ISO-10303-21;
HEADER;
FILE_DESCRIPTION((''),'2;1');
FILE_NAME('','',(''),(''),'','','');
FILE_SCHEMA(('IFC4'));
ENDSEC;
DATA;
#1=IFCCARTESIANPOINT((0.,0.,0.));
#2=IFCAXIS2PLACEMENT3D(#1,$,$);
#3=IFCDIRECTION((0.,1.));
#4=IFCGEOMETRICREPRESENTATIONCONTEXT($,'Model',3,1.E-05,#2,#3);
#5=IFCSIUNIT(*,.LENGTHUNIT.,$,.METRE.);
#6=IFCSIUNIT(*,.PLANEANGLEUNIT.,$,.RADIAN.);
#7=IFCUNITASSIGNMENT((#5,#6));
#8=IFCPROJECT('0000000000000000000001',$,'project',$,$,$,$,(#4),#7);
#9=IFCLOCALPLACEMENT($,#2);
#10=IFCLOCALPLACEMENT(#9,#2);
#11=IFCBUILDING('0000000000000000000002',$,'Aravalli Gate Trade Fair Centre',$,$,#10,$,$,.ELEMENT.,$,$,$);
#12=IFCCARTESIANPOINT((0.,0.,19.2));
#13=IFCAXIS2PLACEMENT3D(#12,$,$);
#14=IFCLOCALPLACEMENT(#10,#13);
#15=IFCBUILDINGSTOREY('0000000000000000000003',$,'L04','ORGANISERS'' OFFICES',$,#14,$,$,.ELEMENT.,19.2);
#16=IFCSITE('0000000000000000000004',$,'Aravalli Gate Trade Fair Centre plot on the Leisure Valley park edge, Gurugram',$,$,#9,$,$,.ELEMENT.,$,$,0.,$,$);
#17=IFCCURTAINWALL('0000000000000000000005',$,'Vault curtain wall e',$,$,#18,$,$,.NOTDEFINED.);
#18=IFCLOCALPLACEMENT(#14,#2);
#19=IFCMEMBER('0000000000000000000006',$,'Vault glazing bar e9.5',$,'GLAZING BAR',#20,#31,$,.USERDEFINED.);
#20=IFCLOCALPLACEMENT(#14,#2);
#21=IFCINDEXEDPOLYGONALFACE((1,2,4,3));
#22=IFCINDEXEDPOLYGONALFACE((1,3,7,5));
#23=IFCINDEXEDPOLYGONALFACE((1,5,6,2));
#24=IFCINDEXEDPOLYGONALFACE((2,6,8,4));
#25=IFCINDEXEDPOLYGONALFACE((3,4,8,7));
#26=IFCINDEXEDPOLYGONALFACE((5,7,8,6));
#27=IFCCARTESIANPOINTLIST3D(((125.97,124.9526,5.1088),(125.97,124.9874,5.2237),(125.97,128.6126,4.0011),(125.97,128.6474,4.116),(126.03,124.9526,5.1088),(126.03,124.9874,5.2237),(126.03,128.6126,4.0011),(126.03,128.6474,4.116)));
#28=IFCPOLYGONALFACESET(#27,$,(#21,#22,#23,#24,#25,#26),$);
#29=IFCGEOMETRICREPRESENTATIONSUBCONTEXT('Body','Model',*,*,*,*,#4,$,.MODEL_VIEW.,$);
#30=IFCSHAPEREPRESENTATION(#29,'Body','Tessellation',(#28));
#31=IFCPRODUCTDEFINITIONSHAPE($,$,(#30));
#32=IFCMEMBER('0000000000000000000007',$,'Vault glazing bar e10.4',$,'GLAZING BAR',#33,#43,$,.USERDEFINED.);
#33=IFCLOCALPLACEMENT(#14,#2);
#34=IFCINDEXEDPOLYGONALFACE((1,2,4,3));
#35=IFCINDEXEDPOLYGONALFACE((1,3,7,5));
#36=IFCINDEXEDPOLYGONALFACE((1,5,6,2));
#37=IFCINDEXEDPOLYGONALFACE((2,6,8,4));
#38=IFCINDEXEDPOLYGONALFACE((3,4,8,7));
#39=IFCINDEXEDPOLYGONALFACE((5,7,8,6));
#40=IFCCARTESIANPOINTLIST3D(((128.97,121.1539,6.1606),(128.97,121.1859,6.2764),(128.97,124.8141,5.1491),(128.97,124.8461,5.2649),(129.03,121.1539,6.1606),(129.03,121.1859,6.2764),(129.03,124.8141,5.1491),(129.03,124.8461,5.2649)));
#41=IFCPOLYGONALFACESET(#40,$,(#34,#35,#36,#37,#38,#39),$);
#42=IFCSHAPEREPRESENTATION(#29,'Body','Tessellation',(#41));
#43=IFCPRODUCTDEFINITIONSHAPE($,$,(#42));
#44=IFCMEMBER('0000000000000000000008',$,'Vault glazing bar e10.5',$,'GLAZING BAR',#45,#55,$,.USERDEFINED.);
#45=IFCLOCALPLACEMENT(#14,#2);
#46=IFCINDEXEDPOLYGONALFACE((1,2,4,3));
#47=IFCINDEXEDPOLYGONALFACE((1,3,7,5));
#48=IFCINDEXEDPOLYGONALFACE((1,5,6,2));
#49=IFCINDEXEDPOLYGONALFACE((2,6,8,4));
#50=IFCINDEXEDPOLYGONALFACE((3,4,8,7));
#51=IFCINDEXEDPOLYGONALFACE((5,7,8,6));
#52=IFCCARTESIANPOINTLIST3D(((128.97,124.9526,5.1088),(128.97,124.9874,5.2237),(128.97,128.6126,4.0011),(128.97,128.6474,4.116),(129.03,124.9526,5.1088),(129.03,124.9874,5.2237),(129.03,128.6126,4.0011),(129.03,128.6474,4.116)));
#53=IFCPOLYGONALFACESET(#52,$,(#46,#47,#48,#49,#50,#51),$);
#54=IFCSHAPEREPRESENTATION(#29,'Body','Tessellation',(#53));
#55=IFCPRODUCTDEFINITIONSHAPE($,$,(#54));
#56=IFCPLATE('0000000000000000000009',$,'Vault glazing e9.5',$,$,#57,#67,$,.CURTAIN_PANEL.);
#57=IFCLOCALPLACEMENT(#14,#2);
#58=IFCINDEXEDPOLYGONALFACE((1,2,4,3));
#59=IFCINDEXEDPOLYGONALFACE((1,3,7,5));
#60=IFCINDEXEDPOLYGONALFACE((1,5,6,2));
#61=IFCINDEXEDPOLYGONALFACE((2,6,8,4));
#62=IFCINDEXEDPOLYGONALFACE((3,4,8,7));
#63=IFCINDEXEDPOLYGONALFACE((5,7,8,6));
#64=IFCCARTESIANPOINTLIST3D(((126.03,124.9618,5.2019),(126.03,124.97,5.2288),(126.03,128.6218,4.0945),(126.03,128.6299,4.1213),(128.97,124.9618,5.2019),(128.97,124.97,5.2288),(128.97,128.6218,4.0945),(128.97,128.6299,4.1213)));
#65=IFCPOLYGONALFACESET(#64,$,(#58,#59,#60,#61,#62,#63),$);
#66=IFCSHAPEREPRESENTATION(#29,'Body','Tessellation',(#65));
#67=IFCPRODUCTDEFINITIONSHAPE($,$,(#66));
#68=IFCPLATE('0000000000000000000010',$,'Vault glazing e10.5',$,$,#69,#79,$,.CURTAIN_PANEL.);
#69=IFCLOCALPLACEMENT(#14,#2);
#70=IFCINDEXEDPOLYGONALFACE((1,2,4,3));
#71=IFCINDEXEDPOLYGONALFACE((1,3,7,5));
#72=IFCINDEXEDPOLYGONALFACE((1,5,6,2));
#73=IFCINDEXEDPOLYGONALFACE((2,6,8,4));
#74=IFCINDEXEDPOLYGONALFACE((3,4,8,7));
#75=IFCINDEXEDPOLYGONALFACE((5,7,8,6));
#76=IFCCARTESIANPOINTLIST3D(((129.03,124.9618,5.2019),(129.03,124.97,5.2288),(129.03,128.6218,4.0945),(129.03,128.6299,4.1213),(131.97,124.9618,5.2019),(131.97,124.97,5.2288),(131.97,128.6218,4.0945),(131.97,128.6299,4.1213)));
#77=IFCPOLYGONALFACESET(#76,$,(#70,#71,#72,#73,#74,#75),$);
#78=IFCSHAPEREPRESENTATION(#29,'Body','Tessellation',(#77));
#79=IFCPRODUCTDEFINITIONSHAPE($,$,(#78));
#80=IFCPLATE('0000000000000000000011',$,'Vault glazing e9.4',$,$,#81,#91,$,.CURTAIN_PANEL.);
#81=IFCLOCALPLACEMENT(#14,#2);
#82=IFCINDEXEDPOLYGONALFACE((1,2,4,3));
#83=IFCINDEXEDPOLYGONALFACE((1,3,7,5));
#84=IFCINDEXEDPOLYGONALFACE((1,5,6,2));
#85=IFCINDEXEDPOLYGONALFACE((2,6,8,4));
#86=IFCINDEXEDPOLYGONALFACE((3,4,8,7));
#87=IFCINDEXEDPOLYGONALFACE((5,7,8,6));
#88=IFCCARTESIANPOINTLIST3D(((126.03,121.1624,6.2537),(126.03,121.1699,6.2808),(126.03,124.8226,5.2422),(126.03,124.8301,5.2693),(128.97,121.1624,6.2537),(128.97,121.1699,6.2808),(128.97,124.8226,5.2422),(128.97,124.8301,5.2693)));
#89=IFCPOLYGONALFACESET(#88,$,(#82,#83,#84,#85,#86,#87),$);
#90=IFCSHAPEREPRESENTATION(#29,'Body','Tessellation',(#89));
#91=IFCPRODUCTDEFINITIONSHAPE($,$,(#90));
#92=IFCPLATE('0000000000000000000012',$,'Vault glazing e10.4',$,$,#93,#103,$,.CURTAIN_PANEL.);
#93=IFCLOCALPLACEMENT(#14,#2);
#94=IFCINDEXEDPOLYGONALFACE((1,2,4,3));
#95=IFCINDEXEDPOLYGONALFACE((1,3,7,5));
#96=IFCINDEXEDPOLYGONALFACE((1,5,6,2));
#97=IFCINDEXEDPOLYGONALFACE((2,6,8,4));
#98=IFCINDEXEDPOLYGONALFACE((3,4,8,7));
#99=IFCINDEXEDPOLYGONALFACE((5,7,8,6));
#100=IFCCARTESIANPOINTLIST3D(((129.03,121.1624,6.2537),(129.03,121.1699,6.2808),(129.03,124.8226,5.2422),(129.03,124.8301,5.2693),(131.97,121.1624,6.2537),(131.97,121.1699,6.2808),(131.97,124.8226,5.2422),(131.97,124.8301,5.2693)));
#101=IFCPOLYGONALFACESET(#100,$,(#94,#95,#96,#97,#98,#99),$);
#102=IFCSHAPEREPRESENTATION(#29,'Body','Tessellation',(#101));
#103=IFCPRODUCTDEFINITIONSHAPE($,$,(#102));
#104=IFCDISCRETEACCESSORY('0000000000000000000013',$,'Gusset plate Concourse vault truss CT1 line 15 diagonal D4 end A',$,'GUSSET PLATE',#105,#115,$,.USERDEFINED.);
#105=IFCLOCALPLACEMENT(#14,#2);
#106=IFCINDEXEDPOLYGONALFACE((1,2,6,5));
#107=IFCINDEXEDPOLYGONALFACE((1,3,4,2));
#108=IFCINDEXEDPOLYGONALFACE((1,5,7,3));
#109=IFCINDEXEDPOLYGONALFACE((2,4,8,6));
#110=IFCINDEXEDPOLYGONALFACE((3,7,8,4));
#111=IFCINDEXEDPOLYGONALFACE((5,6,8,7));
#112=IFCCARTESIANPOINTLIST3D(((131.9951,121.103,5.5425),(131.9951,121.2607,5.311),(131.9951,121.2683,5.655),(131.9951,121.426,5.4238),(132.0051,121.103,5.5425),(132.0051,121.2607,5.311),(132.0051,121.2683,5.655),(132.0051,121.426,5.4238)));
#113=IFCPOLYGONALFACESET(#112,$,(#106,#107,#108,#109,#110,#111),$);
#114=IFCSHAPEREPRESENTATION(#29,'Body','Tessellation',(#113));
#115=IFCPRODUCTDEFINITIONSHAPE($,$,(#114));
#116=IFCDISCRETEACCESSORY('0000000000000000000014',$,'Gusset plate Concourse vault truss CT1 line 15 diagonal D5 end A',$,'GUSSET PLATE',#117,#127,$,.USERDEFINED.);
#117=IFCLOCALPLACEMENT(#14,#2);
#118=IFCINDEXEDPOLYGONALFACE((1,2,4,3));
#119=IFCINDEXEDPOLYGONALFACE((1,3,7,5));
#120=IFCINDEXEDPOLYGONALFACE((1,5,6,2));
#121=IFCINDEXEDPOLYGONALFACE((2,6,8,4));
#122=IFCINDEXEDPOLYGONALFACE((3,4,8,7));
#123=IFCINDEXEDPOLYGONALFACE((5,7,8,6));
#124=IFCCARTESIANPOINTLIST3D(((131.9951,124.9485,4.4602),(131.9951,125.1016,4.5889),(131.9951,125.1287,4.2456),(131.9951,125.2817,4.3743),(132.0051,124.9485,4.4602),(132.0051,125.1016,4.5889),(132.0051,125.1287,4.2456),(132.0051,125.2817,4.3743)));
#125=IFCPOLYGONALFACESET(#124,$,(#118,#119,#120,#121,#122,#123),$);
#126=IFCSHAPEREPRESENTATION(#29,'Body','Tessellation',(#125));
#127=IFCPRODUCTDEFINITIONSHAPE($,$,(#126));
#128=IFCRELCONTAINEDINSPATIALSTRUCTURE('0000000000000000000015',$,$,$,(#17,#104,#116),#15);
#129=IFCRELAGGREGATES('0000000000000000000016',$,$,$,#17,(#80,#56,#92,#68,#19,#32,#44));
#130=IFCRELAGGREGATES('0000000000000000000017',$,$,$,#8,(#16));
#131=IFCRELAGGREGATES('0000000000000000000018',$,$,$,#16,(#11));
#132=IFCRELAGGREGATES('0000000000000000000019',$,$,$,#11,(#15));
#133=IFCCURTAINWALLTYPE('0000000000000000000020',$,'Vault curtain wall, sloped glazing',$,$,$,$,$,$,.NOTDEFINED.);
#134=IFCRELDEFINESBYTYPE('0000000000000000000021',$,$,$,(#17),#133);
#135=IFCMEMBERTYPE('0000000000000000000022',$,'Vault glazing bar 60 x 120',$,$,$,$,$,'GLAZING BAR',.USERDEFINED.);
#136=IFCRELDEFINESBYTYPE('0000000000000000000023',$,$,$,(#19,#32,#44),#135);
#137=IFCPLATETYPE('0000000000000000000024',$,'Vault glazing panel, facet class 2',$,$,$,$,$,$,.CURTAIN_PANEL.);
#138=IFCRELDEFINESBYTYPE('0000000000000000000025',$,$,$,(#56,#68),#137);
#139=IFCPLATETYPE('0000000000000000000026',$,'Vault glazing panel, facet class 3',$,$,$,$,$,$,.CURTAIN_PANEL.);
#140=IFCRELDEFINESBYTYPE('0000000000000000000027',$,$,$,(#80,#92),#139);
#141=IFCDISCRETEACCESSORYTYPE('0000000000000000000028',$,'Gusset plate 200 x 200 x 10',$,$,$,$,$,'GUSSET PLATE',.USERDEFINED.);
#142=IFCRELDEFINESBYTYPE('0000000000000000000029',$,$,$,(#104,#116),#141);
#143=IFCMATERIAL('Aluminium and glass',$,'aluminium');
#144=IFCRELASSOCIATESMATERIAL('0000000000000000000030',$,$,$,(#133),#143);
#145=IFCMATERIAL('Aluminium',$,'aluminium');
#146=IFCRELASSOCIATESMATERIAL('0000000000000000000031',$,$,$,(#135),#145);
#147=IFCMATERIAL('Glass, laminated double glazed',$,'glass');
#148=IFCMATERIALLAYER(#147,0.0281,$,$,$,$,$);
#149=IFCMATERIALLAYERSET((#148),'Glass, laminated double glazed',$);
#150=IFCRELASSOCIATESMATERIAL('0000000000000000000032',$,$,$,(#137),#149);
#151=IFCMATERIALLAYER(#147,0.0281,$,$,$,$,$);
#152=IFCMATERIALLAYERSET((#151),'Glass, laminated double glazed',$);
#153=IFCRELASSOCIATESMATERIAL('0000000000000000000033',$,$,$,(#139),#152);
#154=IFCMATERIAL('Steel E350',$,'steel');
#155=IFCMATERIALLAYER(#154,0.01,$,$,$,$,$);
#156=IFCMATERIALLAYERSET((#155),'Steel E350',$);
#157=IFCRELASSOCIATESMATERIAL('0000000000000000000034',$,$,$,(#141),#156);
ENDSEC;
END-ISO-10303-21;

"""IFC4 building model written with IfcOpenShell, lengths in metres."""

from ifc_helpers import new_model, si_unit, direction, frame, origin, origin_2d, place, context, subcontext, project, spatial, polyline, rectangle, outline, extrude, material, layer, layer_set, material_profile, profile_set, type_object, element, aggregate, save


model = new_model("IFC4")

# Units and contexts
model_context = context("Model", 3, precision=1e-05, world=origin(), true_north=direction((0.0, 1.0)))
body_context = subcontext(model_context, "Body", "Model", "MODEL_VIEW")
ifc_project = project(units=[si_unit("LENGTHUNIT", "METRE"), si_unit("PLANEANGLEUNIT", "RADIAN")], contexts=[model_context])

# Site, building, storey
site_placement = place(None, origin())
site = spatial("IfcSite", under=ifc_project, at=site_placement, Name="Aravalli Gate Trade Fair Centre plot on the Leisure Valley park edge, Gurugram", CompositionType="ELEMENT", RefElevation=0.0)
building_placement = place(site_placement, origin())
building = spatial("IfcBuilding", under=site, at=building_placement, Name="Aravalli Gate Trade Fair Centre", CompositionType="ELEMENT")
storey_placement = place(building_placement, frame((0.0, 0.0, 19.2)))
storey = spatial("IfcBuildingStorey", under=building, at=storey_placement, Name="L04", Description="ORGANISERS' OFFICES", CompositionType="ELEMENT", Elevation=19.2)

# Shared definitions
ifc_material_1 = material(Name="Steel E350", Category="steel")
ifc_material_2 = material(Name="Aluminium", Category="aluminium")

# Curtain wall, members, plates
ifc_material_3 = material(Name="Aluminium and glass", Category="aluminium")
curtain_wall_type = type_object("IfcCurtainWallType", Name="Vault curtain wall, sloped glazing", PredefinedType="NOTDEFINED", material=ifc_material_3)
curtain_wall_placement = place(storey_placement, origin())
curtain_wall = element("IfcCurtainWall", 1, at=curtain_wall_placement, inside=storey, type_object=curtain_wall_type, Name="Vault curtain wall e", PredefinedType="NOTDEFINED")
ifc_material_profile_1 = material_profile(ifc_material_2, rectangle(XDim=0.0601, YDim=0.1201, at=origin_2d()), Name="Vault glazing bar 60 x 120")
ifc_profile_set_1 = profile_set([ifc_material_profile_1], Name="Aluminium")
member_type_1 = type_object("IfcMemberType", Name="Vault glazing bar 60 x 120", ElementType="GLAZING BAR", PredefinedType="USERDEFINED", material=ifc_profile_set_1)
member_1_placement = place(storey_placement, frame((126.0, 124.97, 5.1663), z_axis=(0.0, 0.957126, -0.289672), x_axis=(-1.0, 0.0, 0.0)))
member_1 = element("IfcMember", 2, at=member_1_placement, type_object=member_type_1, Name="Vault glazing bar e9.5", ObjectType="GLAZING BAR", PredefinedType="USERDEFINED", context=body_context, shape_type="SweptSolid", body=[
    extrude(rectangle(XDim=0.0601, YDim=0.1201, at=origin_2d()), origin(), (0.0, 0.0, 1.0), 3.824),
])
member_2_placement = place(storey_placement, frame((129.0, 121.1699, 6.2185), z_axis=(0.0, 0.963873, -0.266364), x_axis=(-1.0, 0.0, 0.0)))
member_2 = element("IfcMember", 3, at=member_2_placement, type_object=member_type_1, Name="Vault glazing bar e10.4", ObjectType="GLAZING BAR", PredefinedType="USERDEFINED", context=body_context, shape_type="SweptSolid", body=[
    extrude(rectangle(XDim=0.0601, YDim=0.1201, at=origin_2d()), origin(), (0.0, 0.0, 1.0), 3.7974),
])
member_3_placement = place(storey_placement, frame((129.0, 124.97, 5.1663), z_axis=(0.0, 0.957126, -0.289672), x_axis=(-1.0, 0.0, 0.0)))
member_3 = element("IfcMember", 4, at=member_3_placement, type_object=member_type_1, Name="Vault glazing bar e10.5", ObjectType="GLAZING BAR", PredefinedType="USERDEFINED", context=body_context, shape_type="SweptSolid", body=[
    extrude(rectangle(XDim=0.0601, YDim=0.1201, at=origin_2d()), origin(), (0.0, 0.0, 1.0), 3.824),
])
ifc_material_4 = material(Name="Glass, laminated double glazed", Category="glass")
ifc_layer_1 = layer(ifc_material_4, 0.0281)
ifc_layer_set_1 = layer_set([ifc_layer_1], Name="Glass, laminated double glazed")
plate_type_1 = type_object("IfcPlateType", Name="Vault glazing panel, facet class 2", PredefinedType="CURTAIN_PANEL", material=ifc_layer_set_1)
plate_1_placement = place(storey_placement, frame((126.03, 124.97, 5.2288), z_axis=(0.0, 0.289614, 0.957144), x_axis=(1.0, 0.0, 0.0)))
plate_1 = element("IfcPlate", 5, at=plate_1_placement, type_object=plate_type_1, Name="Vault glazing e9.5", PredefinedType="CURTAIN_PANEL", context=body_context, shape_type="SweptSolid", body=[
    extrude(outline(polyline([(0.0, 0.0), (2.9399, 0.0), (2.9399, 3.8238), (0.0, 3.8238), (0.0, 0.0)])), origin(), (0.0, 0.0, -1.0), 0.0281),
])
plate_2_placement = place(storey_placement, frame((129.03, 124.97, 5.2288), z_axis=(0.0, 0.289614, 0.957144), x_axis=(1.0, 0.0, 0.0)))
plate_2 = element("IfcPlate", 6, at=plate_2_placement, type_object=plate_type_1, Name="Vault glazing e10.5", PredefinedType="CURTAIN_PANEL", context=body_context, shape_type="SweptSolid", body=[
    extrude(outline(polyline([(0.0, 0.0), (2.9399, 0.0), (2.9399, 3.8238), (0.0, 3.8238), (0.0, 0.0)])), origin(), (0.0, 0.0, -1.0), 0.0281),
])
ifc_layer_2 = layer(ifc_material_4, 0.0281)
ifc_layer_set_2 = layer_set([ifc_layer_2], Name="Glass, laminated double glazed")
plate_type_2 = type_object("IfcPlateType", Name="Vault glazing panel, facet class 3", PredefinedType="CURTAIN_PANEL", material=ifc_layer_set_2)
plate_3_placement = place(storey_placement, frame((126.03, 121.1699, 6.2808), z_axis=(0.0, 0.266364, 0.963873), x_axis=(1.0, 0.0, 0.0)))
plate_3 = element("IfcPlate", 7, at=plate_3_placement, type_object=plate_type_2, Name="Vault glazing e9.4", PredefinedType="CURTAIN_PANEL", context=body_context, shape_type="SweptSolid", body=[
    extrude(outline(polyline([(0.0, 0.0), (2.9399, 0.0), (2.9399, 3.7973), (0.0, 3.7973), (0.0, 0.0)])), origin(), (0.0, 0.0, -1.0), 0.0281),
])
plate_4_placement = place(storey_placement, frame((129.03, 121.1699, 6.2808), z_axis=(0.0, 0.266364, 0.963873), x_axis=(1.0, 0.0, 0.0)))
plate_4 = element("IfcPlate", 8, at=plate_4_placement, type_object=plate_type_2, Name="Vault glazing e10.4", PredefinedType="CURTAIN_PANEL", context=body_context, shape_type="SweptSolid", body=[
    extrude(outline(polyline([(0.0, 0.0), (2.9399, 0.0), (2.9399, 3.7973), (0.0, 3.7973), (0.0, 0.0)])), origin(), (0.0, 0.0, -1.0), 0.0281),
])
aggregate(curtain_wall, [plate_3, plate_1, plate_4, plate_2, member_1, member_2, member_3])

# Discrete accessories
ifc_layer_3 = layer(ifc_material_1, 0.01)
ifc_layer_set_3 = layer_set([ifc_layer_3], Name="Steel E350")
discrete_accessory_type = type_object("IfcDiscreteAccessoryType", Name="Gusset plate 200 x 200 x 10", ElementType="GUSSET PLATE", PredefinedType="USERDEFINED", material=ifc_layer_set_3)
discrete_accessory_1_placement = place(storey_placement, frame((131.9951, 121.2607, 5.311), z_axis=(-1.0, 0.0, 0.0), x_axis=(0.0, -0.56312, 0.826375)))
element("IfcDiscreteAccessory", 9, at=discrete_accessory_1_placement, inside=storey, type_object=discrete_accessory_type, Name="Gusset plate Concourse vault truss CT1 line 15 diagonal D4 end A", ObjectType="GUSSET PLATE", PredefinedType="USERDEFINED", context=body_context, shape_type="SweptSolid", body=[
    extrude(outline(polyline([(0.0, 0.0), (0.2801, 0.0), (0.28, 0.2), (0.0001, 0.2001), (0.0, 0.0)])), origin(), (0.0, 0.0, -1.0), 0.01),
])
discrete_accessory_2_placement = place(storey_placement, frame((131.9951, 125.1287, 4.2456), z_axis=(-1.0, 0.0, 0.0), x_axis=(0.0, -0.643008, 0.765859)))
element("IfcDiscreteAccessory", 10, at=discrete_accessory_2_placement, inside=storey, type_object=discrete_accessory_type, Name="Gusset plate Concourse vault truss CT1 line 15 diagonal D5 end A", ObjectType="GUSSET PLATE", PredefinedType="USERDEFINED", context=body_context, shape_type="SweptSolid", body=[
    extrude(outline(polyline([(0.0, 0.0), (0.2802, 0.0), (0.2803, 0.2), (0.0001, 0.2), (0.0, 0.0)])), origin(), (0.0, 0.0, -1.0), 0.01),
])

save(model, "model.ifc")
